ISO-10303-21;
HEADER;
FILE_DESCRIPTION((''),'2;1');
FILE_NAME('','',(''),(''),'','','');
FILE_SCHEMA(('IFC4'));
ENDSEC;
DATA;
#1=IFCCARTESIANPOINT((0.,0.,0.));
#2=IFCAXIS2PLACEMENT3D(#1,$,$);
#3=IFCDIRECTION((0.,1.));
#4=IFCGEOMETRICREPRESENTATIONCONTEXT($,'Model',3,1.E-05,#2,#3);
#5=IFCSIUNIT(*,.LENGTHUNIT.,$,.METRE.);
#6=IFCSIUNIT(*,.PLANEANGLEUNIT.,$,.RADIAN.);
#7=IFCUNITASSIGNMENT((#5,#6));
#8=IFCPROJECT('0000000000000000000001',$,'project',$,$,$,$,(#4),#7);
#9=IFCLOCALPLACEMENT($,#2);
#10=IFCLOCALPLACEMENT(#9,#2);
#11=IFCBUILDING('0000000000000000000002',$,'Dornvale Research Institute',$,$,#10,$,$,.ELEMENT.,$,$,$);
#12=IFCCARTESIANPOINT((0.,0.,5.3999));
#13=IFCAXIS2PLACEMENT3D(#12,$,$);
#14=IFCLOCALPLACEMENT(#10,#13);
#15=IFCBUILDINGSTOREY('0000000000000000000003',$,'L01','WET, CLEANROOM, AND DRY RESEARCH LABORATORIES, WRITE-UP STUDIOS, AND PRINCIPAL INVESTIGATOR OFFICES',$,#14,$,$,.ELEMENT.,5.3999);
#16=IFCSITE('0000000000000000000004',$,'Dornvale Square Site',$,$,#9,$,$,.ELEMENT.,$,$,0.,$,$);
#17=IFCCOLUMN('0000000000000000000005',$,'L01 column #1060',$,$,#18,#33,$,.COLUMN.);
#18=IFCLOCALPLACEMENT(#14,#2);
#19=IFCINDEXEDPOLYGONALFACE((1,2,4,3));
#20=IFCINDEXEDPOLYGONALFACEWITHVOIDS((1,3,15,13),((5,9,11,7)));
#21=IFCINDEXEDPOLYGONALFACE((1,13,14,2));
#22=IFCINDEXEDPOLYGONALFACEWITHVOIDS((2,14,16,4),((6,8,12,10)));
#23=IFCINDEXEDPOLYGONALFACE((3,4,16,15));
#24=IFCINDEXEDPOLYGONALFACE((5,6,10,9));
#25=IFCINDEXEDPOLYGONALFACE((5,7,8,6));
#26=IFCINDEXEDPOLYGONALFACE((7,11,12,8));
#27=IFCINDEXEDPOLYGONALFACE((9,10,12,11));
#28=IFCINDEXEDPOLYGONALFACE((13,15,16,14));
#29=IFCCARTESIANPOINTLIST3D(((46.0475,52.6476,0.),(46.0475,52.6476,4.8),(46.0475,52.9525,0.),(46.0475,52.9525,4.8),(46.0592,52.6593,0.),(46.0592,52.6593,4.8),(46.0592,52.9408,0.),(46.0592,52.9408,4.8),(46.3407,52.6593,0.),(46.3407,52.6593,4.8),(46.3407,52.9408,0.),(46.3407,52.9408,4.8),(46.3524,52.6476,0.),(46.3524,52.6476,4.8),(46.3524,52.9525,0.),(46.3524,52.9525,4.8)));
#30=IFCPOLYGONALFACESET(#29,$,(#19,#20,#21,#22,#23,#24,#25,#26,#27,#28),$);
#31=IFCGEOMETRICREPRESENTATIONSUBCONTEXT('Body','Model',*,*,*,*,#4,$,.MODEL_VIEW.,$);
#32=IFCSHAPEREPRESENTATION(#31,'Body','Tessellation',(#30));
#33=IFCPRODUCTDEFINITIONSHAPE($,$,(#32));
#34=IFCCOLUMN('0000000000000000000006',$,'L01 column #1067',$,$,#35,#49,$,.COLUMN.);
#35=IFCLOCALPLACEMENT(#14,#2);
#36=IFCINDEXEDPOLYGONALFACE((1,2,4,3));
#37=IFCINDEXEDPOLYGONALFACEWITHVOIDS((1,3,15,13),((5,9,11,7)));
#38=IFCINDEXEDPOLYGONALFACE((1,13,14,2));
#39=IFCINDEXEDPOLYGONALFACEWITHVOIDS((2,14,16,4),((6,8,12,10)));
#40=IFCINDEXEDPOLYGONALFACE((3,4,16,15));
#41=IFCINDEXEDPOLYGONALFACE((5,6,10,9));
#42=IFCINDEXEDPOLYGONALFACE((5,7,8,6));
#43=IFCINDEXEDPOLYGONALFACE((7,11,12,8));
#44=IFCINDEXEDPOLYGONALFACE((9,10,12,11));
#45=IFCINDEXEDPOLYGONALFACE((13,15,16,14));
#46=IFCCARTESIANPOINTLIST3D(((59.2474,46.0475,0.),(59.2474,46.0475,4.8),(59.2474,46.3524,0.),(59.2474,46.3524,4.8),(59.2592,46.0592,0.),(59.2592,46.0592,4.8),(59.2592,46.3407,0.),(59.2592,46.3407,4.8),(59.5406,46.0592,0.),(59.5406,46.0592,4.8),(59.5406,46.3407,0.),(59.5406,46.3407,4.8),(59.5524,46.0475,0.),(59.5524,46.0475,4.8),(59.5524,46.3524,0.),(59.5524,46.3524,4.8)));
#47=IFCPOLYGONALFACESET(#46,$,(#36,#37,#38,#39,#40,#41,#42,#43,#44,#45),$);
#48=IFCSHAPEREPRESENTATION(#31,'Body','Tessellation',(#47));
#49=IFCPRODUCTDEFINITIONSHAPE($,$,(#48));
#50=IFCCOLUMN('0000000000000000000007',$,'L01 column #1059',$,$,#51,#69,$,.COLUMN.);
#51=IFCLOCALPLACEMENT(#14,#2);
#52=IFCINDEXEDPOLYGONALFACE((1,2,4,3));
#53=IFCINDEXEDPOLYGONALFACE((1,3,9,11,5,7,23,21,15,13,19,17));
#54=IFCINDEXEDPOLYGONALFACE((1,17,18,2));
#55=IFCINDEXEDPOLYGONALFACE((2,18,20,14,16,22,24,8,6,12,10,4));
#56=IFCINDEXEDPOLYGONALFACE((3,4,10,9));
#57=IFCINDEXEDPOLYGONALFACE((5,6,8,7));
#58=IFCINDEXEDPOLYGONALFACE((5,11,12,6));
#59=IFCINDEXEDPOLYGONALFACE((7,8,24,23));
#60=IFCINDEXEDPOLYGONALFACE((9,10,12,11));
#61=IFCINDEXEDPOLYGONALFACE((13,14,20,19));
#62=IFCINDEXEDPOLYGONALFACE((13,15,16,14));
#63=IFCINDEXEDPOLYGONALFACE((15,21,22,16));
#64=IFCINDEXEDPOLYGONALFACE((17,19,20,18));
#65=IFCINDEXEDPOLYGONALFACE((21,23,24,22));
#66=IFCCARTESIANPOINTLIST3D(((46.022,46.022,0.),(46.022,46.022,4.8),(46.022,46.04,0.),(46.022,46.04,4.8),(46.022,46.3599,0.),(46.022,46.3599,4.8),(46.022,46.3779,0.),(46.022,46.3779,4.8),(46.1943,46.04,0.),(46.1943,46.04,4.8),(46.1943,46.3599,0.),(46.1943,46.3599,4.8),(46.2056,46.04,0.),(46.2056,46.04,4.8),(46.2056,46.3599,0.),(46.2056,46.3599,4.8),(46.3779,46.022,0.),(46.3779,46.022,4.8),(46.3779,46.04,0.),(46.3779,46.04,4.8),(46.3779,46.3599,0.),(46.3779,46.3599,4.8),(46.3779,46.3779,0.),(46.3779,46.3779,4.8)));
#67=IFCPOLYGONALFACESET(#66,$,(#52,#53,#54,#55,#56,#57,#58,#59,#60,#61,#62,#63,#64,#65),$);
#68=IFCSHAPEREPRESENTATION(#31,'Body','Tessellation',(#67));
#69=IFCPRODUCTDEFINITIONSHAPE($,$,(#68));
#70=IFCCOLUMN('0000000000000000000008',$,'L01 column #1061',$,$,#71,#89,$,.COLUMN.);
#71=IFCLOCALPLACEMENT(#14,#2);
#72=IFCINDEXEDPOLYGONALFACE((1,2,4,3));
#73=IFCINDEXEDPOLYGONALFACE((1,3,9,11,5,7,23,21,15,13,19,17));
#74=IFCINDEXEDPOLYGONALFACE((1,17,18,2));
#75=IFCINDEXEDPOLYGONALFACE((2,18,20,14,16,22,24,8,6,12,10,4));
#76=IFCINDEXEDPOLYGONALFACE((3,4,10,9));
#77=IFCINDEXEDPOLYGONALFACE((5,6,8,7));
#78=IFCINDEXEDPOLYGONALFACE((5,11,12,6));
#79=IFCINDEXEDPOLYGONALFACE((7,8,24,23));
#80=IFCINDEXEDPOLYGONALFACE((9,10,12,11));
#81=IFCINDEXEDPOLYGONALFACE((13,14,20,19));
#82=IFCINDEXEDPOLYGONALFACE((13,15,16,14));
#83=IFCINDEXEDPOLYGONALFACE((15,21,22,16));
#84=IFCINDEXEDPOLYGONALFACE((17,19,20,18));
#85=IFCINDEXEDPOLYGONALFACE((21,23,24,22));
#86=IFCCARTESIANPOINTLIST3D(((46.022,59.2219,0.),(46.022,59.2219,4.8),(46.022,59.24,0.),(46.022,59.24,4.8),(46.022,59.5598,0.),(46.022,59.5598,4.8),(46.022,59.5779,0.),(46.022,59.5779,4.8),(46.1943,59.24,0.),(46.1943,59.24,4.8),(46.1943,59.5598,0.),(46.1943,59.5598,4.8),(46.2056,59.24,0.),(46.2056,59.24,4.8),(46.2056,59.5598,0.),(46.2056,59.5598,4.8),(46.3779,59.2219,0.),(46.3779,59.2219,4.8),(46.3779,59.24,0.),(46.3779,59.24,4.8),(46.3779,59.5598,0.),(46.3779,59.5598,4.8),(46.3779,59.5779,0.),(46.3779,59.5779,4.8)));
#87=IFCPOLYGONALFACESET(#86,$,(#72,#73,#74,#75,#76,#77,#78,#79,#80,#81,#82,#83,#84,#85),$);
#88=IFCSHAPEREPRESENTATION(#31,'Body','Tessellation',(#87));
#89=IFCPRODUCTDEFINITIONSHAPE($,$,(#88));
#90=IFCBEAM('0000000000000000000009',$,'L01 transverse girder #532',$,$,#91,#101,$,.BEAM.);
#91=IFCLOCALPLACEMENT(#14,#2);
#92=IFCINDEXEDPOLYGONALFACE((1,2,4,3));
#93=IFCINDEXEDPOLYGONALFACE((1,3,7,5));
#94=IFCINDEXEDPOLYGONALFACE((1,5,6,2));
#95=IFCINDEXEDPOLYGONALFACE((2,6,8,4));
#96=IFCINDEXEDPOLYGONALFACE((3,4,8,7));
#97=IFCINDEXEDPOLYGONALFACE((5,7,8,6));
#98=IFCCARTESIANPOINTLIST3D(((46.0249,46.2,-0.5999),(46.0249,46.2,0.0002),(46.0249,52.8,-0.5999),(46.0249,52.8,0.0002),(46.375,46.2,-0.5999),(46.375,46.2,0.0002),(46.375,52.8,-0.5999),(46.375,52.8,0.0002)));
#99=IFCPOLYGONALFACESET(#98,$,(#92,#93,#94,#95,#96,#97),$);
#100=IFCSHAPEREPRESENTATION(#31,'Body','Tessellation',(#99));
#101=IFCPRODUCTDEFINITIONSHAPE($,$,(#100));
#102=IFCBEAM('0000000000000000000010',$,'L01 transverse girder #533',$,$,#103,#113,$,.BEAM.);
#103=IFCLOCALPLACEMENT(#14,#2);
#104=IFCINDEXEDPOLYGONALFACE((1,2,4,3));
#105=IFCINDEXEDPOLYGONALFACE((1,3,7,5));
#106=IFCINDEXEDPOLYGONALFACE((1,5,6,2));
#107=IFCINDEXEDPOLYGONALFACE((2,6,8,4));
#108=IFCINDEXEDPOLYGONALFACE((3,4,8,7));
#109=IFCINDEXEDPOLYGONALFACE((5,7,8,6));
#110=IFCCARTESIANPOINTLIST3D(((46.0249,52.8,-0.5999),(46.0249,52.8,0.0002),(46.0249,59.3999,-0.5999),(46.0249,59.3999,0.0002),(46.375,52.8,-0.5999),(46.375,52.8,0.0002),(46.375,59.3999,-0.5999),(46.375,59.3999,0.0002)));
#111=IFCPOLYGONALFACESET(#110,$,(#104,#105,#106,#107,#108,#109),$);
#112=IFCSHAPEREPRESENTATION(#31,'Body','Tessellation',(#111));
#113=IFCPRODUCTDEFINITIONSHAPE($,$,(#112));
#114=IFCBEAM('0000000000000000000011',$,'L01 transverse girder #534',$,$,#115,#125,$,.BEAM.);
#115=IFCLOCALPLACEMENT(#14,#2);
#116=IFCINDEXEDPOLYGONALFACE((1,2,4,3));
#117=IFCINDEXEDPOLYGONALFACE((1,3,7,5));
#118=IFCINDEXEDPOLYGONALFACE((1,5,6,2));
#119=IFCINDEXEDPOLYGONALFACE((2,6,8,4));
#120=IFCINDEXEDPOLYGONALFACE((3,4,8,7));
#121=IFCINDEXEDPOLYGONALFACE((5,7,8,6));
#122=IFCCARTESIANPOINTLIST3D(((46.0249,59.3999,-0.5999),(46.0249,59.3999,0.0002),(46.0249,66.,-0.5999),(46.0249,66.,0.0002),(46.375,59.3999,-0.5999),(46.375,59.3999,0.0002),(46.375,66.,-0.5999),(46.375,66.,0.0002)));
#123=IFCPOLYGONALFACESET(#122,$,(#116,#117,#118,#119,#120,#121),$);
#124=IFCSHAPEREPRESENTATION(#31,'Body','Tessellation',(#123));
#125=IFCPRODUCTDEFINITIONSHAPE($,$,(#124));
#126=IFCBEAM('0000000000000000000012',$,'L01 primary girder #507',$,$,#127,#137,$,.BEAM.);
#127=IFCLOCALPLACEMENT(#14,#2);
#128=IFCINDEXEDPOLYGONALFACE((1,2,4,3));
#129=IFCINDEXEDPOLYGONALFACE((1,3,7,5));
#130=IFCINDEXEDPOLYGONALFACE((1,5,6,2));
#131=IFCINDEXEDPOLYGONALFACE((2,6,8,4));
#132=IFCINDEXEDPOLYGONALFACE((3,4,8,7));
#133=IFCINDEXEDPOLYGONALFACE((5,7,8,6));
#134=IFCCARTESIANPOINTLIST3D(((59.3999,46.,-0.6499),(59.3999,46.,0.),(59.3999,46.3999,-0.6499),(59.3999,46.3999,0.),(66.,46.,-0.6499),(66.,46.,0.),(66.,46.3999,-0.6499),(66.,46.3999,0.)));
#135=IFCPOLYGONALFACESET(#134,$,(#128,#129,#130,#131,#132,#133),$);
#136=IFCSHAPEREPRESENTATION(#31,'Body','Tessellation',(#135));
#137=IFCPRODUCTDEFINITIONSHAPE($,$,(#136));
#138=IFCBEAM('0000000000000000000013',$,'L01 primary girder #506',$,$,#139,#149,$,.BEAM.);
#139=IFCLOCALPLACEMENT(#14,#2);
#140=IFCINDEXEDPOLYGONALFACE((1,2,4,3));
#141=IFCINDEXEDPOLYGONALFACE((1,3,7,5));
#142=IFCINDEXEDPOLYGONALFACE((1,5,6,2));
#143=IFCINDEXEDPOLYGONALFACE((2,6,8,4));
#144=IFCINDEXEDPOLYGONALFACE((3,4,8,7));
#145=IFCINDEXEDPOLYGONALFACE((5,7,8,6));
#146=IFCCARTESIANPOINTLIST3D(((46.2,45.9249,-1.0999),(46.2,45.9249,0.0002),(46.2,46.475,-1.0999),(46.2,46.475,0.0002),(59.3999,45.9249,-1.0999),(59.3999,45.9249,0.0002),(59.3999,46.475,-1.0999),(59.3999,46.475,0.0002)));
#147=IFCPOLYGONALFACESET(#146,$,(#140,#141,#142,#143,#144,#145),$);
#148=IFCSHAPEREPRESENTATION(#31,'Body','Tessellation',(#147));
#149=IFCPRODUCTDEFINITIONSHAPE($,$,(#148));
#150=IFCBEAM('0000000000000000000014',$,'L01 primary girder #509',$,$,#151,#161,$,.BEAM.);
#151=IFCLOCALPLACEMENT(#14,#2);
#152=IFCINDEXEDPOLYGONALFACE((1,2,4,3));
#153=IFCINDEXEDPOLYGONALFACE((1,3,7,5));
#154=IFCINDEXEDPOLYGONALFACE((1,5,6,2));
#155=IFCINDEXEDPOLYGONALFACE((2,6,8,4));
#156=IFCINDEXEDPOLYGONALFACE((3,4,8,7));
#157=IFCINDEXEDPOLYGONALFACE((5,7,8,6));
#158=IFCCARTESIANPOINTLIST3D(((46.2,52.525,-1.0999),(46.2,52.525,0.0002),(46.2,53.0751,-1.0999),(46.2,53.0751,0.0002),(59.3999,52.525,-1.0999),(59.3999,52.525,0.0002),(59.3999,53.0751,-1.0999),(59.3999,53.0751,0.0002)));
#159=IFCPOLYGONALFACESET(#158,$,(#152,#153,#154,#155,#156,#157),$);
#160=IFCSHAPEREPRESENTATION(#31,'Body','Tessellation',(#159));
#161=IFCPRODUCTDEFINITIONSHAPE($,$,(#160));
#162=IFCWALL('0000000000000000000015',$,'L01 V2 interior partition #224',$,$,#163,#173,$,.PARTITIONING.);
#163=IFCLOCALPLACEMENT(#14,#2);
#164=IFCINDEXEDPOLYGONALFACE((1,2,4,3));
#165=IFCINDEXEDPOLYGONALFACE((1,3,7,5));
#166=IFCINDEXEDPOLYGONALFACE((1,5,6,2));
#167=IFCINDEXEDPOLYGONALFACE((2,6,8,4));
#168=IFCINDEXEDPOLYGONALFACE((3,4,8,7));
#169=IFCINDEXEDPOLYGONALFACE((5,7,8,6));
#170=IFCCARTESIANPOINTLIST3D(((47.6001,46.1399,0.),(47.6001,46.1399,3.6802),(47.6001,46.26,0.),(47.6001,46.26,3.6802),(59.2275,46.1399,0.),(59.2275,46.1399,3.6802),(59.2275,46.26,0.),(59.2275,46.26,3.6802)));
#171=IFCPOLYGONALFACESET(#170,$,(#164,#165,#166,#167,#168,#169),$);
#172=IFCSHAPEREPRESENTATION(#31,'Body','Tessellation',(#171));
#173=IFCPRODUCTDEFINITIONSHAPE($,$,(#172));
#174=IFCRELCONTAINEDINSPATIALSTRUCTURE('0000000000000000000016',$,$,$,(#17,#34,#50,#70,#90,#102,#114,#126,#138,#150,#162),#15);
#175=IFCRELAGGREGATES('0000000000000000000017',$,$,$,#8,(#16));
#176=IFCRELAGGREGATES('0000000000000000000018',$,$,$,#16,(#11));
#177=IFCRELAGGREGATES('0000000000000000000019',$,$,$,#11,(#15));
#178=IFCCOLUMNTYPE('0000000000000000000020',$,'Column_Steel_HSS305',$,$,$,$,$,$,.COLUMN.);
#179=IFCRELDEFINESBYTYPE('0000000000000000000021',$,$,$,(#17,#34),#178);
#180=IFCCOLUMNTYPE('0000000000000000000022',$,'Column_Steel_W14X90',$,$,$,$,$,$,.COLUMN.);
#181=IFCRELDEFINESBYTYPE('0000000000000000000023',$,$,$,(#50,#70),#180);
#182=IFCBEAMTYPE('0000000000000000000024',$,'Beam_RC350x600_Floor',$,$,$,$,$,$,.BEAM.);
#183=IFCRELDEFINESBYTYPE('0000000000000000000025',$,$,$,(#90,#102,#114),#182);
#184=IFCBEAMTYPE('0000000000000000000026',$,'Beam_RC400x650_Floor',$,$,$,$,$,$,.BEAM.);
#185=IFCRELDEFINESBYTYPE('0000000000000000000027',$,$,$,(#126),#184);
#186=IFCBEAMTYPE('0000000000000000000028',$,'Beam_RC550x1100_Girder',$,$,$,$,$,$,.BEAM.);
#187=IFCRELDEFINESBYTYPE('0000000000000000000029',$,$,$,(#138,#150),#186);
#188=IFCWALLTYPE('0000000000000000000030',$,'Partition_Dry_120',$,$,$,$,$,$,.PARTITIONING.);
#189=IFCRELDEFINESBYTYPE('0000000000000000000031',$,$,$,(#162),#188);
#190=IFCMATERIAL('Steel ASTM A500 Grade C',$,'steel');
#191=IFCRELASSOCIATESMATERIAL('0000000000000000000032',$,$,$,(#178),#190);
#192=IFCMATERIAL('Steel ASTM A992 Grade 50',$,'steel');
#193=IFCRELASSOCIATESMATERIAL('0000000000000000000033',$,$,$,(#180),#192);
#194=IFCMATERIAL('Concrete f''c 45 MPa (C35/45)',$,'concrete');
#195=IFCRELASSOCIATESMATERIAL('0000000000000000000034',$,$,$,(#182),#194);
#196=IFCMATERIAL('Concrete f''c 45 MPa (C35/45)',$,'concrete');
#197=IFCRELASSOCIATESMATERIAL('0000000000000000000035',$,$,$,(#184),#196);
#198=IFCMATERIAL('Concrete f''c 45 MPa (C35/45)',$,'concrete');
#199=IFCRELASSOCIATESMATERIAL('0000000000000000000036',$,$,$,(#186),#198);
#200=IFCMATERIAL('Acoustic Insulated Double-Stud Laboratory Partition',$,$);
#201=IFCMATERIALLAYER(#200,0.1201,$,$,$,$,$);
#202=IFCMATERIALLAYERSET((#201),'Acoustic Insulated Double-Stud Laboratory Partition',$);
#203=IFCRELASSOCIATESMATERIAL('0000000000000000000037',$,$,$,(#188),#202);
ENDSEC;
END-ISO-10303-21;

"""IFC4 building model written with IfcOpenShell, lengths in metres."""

from ifc_helpers import new_model, si_unit, direction, frame, frame_2d, origin, origin_2d, place, context, subcontext, project, spatial, rectangle, hollow_rectangle, i_section, extrude, material, layer, layer_set, material_profile, profile_set, type_object, element, save


model = new_model("IFC4")

# Units and contexts
model_context = context("Model", 3, precision=1e-05, world=origin(), true_north=direction((0.0, 1.0)))
body_context = subcontext(model_context, "Body", "Model", "MODEL_VIEW")
ifc_project = project(units=[si_unit("LENGTHUNIT", "METRE"), si_unit("PLANEANGLEUNIT", "RADIAN")], contexts=[model_context])

# Site, building, storey
site_placement = place(None, origin())
site = spatial("IfcSite", under=ifc_project, at=site_placement, Name="Dornvale Square Site", CompositionType="ELEMENT", RefElevation=0.0)
building_placement = place(site_placement, origin())
building = spatial("IfcBuilding", under=site, at=building_placement, Name="Dornvale Research Institute", CompositionType="ELEMENT")
storey_placement = place(building_placement, frame((0.0, 0.0, 5.3999)))
storey = spatial("IfcBuildingStorey", under=building, at=storey_placement, Name="L01", Description="WET, CLEANROOM, AND DRY RESEARCH LABORATORIES, WRITE-UP STUDIOS, AND PRINCIPAL INVESTIGATOR OFFICES", CompositionType="ELEMENT", Elevation=5.3999)

# Columns
ifc_material_1 = material(Name="Steel ASTM A500 Grade C", Category="steel")
ifc_material_profile_1 = material_profile(ifc_material_1, hollow_rectangle(XDim=0.3049, YDim=0.3049, WallThickness=0.0117, at=origin_2d()), Name="HSS305X305X12.7")
ifc_profile_set_1 = profile_set([ifc_material_profile_1], Name="Steel ASTM A500 Grade C")
column_type_1 = type_object("IfcColumnType", Name="Column_Steel_HSS305", PredefinedType="COLUMN", material=ifc_profile_set_1)
for number, where, z_axis, x_axis, name in (
    (1, (46.2, 52.8, 0.0), (0.0, 0.0, 1.0), (1.0, 0.0, 0.0), "L01 column #1060"),
    (2, (59.3999, 46.2, 0.0), (0.0, 0.0, 1.0), (1.0, 0.0, 0.0), "L01 column #1067"),
):
    element("IfcColumn", number, at=place(storey_placement, frame(where, z_axis=z_axis, x_axis=x_axis)), inside=storey, type_object=column_type_1, Name=name, PredefinedType="COLUMN", context=body_context, shape_type="SweptSolid", body=[
        extrude(hollow_rectangle(XDim=0.3049, YDim=0.3049, WallThickness=0.0117, at=origin_2d()), origin(), (0.0, 0.0, 1.0), 4.8),
    ])
ifc_material_2 = material(Name="Steel ASTM A992 Grade 50", Category="steel")
ifc_material_profile_2 = material_profile(ifc_material_2, i_section(OverallWidth=0.356, OverallDepth=0.356, WebThickness=0.0112, FlangeThickness=0.0181, at=origin_2d()), Name="W14X90")
ifc_profile_set_2 = profile_set([ifc_material_profile_2], Name="Steel ASTM A992 Grade 50")
column_type_2 = type_object("IfcColumnType", Name="Column_Steel_W14X90", PredefinedType="COLUMN", material=ifc_profile_set_2)
for number, where, z_axis, x_axis, name in (
    (3, (46.2, 46.2, 0.0), (0.0, 0.0, 1.0), (1.0, 0.0, 0.0), "L01 column #1059"),
    (4, (46.2, 59.3999, 0.0), (0.0, 0.0, 1.0), (1.0, 0.0, 0.0), "L01 column #1061"),
):
    element("IfcColumn", number, at=place(storey_placement, frame(where, z_axis=z_axis, x_axis=x_axis)), inside=storey, type_object=column_type_2, Name=name, PredefinedType="COLUMN", context=body_context, shape_type="SweptSolid", body=[
        extrude(i_section(OverallWidth=0.356, OverallDepth=0.356, WebThickness=0.0112, FlangeThickness=0.0181, at=origin_2d()), origin(), (0.0, 0.0, 1.0), 4.8),
    ])

# Beams
ifc_material_3 = material(Name="Concrete f'c 45 MPa (C35/45)", Category="concrete")
ifc_material_profile_3 = material_profile(ifc_material_3, rectangle(XDim=0.3501, YDim=0.6001, at=origin_2d()), Name="RC 350x600")
ifc_profile_set_3 = profile_set([ifc_material_profile_3], Name="Concrete f'c 45 MPa (C35/45)")
beam_type_1 = type_object("IfcBeamType", Name="Beam_RC350x600_Floor", PredefinedType="BEAM", material=ifc_profile_set_3)
beam_1_placement = place(storey_placement, frame((46.2, 46.2, -0.2998), z_axis=(0.0, 1.0, 0.0), x_axis=(-1.0, 0.0, 0.0)))
element("IfcBeam", 5, at=beam_1_placement, inside=storey, type_object=beam_type_1, Name="L01 transverse girder #532", PredefinedType="BEAM", context=body_context, shape_type="SweptSolid", body=[
    extrude(rectangle(XDim=0.3501, YDim=0.6001, at=origin_2d()), origin(), (0.0, 0.0, 1.0), 6.6001),
])
beam_2_placement = place(storey_placement, frame((46.2, 52.8, -0.2998), z_axis=(0.0, 1.0, 0.0), x_axis=(-1.0, 0.0, 0.0)))
element("IfcBeam", 6, at=beam_2_placement, inside=storey, type_object=beam_type_1, Name="L01 transverse girder #533", PredefinedType="BEAM", context=body_context, shape_type="SweptSolid", body=[
    extrude(rectangle(XDim=0.3501, YDim=0.6001, at=origin_2d()), origin(), (0.0, 0.0, 1.0), 6.5999),
])
beam_3_placement = place(storey_placement, frame((46.2, 59.3999, -0.2998), z_axis=(0.0, 1.0, 0.0), x_axis=(-1.0, 0.0, 0.0)))
element("IfcBeam", 7, at=beam_3_placement, inside=storey, type_object=beam_type_1, Name="L01 transverse girder #534", PredefinedType="BEAM", context=body_context, shape_type="SweptSolid", body=[
    extrude(rectangle(XDim=0.3501, YDim=0.6001, at=origin_2d()), origin(), (0.0, 0.0, 1.0), 6.6001),
])
ifc_material_4 = material(Name="Concrete f'c 45 MPa (C35/45)", Category="concrete")
ifc_material_profile_4 = material_profile(ifc_material_4, rectangle(XDim=0.3999, YDim=0.6499, at=origin_2d()), Name="RC 400x650")
ifc_profile_set_4 = profile_set([ifc_material_profile_4], Name="Concrete f'c 45 MPa (C35/45)")
beam_type_2 = type_object("IfcBeamType", Name="Beam_RC400x650_Floor", PredefinedType="BEAM", material=ifc_profile_set_4)
beam_4_placement = place(storey_placement, frame((59.3999, 46.2, -0.325), z_axis=(1.0, 0.0, 0.0), x_axis=(0.0, 1.0, 0.0)))
element("IfcBeam", 8, at=beam_4_placement, inside=storey, type_object=beam_type_2, Name="L01 primary girder #507", PredefinedType="BEAM", context=body_context, shape_type="SweptSolid", body=[
    extrude(rectangle(XDim=0.3999, YDim=0.6499, at=origin_2d()), origin(), (0.0, 0.0, 1.0), 6.6001),
])
ifc_material_5 = material(Name="Concrete f'c 45 MPa (C35/45)", Category="concrete")
ifc_material_profile_5 = material_profile(ifc_material_5, rectangle(XDim=0.55, YDim=1.1001, at=origin_2d()), Name="RC 550x1100")
ifc_profile_set_5 = profile_set([ifc_material_profile_5], Name="Concrete f'c 45 MPa (C35/45)")
beam_type_3 = type_object("IfcBeamType", Name="Beam_RC550x1100_Girder", PredefinedType="BEAM", material=ifc_profile_set_5)
for number, where, z_axis, x_axis, name in (
    (9, (46.2, 46.2, -0.5498), (1.0, 0.0, 0.0), (0.0, 1.0, 0.0), "L01 primary girder #506"),
    (10, (46.2, 52.8, -0.5498), (1.0, 0.0, 0.0), (0.0, 1.0, 0.0), "L01 primary girder #509"),
):
    element("IfcBeam", number, at=place(storey_placement, frame(where, z_axis=z_axis, x_axis=x_axis)), inside=storey, type_object=beam_type_3, Name=name, PredefinedType="BEAM", context=body_context, shape_type="SweptSolid", body=[
        extrude(rectangle(XDim=0.55, YDim=1.1001, at=origin_2d()), origin(), (0.0, 0.0, 1.0), 13.2),
    ])

# Wall
ifc_material_6 = material(Name="Acoustic Insulated Double-Stud Laboratory Partition")
ifc_layer_1 = layer(ifc_material_6, 0.1201)
ifc_layer_set_1 = layer_set([ifc_layer_1], Name="Acoustic Insulated Double-Stud Laboratory Partition")
wall_type_1 = type_object("IfcWallType", Name="Partition_Dry_120", PredefinedType="PARTITIONING", material=ifc_layer_set_1)
wall_1_placement = place(storey_placement, frame((47.6001, 46.2, 0.0), z_axis=(0.0, 0.0, 1.0), x_axis=(1.0, 0.0, 0.0)))
element("IfcWall", 11, at=wall_1_placement, inside=storey, type_object=wall_type_1, Name="L01 V2 interior partition #224", PredefinedType="PARTITIONING", context=body_context, shape_type="SweptSolid", body=[
    extrude(rectangle(XDim=11.6274, YDim=0.1201, at=frame_2d((5.8137, 0.0))), origin(), (0.0, 0.0, 1.0), 3.6802),
])

save(model, "model.ifc")
